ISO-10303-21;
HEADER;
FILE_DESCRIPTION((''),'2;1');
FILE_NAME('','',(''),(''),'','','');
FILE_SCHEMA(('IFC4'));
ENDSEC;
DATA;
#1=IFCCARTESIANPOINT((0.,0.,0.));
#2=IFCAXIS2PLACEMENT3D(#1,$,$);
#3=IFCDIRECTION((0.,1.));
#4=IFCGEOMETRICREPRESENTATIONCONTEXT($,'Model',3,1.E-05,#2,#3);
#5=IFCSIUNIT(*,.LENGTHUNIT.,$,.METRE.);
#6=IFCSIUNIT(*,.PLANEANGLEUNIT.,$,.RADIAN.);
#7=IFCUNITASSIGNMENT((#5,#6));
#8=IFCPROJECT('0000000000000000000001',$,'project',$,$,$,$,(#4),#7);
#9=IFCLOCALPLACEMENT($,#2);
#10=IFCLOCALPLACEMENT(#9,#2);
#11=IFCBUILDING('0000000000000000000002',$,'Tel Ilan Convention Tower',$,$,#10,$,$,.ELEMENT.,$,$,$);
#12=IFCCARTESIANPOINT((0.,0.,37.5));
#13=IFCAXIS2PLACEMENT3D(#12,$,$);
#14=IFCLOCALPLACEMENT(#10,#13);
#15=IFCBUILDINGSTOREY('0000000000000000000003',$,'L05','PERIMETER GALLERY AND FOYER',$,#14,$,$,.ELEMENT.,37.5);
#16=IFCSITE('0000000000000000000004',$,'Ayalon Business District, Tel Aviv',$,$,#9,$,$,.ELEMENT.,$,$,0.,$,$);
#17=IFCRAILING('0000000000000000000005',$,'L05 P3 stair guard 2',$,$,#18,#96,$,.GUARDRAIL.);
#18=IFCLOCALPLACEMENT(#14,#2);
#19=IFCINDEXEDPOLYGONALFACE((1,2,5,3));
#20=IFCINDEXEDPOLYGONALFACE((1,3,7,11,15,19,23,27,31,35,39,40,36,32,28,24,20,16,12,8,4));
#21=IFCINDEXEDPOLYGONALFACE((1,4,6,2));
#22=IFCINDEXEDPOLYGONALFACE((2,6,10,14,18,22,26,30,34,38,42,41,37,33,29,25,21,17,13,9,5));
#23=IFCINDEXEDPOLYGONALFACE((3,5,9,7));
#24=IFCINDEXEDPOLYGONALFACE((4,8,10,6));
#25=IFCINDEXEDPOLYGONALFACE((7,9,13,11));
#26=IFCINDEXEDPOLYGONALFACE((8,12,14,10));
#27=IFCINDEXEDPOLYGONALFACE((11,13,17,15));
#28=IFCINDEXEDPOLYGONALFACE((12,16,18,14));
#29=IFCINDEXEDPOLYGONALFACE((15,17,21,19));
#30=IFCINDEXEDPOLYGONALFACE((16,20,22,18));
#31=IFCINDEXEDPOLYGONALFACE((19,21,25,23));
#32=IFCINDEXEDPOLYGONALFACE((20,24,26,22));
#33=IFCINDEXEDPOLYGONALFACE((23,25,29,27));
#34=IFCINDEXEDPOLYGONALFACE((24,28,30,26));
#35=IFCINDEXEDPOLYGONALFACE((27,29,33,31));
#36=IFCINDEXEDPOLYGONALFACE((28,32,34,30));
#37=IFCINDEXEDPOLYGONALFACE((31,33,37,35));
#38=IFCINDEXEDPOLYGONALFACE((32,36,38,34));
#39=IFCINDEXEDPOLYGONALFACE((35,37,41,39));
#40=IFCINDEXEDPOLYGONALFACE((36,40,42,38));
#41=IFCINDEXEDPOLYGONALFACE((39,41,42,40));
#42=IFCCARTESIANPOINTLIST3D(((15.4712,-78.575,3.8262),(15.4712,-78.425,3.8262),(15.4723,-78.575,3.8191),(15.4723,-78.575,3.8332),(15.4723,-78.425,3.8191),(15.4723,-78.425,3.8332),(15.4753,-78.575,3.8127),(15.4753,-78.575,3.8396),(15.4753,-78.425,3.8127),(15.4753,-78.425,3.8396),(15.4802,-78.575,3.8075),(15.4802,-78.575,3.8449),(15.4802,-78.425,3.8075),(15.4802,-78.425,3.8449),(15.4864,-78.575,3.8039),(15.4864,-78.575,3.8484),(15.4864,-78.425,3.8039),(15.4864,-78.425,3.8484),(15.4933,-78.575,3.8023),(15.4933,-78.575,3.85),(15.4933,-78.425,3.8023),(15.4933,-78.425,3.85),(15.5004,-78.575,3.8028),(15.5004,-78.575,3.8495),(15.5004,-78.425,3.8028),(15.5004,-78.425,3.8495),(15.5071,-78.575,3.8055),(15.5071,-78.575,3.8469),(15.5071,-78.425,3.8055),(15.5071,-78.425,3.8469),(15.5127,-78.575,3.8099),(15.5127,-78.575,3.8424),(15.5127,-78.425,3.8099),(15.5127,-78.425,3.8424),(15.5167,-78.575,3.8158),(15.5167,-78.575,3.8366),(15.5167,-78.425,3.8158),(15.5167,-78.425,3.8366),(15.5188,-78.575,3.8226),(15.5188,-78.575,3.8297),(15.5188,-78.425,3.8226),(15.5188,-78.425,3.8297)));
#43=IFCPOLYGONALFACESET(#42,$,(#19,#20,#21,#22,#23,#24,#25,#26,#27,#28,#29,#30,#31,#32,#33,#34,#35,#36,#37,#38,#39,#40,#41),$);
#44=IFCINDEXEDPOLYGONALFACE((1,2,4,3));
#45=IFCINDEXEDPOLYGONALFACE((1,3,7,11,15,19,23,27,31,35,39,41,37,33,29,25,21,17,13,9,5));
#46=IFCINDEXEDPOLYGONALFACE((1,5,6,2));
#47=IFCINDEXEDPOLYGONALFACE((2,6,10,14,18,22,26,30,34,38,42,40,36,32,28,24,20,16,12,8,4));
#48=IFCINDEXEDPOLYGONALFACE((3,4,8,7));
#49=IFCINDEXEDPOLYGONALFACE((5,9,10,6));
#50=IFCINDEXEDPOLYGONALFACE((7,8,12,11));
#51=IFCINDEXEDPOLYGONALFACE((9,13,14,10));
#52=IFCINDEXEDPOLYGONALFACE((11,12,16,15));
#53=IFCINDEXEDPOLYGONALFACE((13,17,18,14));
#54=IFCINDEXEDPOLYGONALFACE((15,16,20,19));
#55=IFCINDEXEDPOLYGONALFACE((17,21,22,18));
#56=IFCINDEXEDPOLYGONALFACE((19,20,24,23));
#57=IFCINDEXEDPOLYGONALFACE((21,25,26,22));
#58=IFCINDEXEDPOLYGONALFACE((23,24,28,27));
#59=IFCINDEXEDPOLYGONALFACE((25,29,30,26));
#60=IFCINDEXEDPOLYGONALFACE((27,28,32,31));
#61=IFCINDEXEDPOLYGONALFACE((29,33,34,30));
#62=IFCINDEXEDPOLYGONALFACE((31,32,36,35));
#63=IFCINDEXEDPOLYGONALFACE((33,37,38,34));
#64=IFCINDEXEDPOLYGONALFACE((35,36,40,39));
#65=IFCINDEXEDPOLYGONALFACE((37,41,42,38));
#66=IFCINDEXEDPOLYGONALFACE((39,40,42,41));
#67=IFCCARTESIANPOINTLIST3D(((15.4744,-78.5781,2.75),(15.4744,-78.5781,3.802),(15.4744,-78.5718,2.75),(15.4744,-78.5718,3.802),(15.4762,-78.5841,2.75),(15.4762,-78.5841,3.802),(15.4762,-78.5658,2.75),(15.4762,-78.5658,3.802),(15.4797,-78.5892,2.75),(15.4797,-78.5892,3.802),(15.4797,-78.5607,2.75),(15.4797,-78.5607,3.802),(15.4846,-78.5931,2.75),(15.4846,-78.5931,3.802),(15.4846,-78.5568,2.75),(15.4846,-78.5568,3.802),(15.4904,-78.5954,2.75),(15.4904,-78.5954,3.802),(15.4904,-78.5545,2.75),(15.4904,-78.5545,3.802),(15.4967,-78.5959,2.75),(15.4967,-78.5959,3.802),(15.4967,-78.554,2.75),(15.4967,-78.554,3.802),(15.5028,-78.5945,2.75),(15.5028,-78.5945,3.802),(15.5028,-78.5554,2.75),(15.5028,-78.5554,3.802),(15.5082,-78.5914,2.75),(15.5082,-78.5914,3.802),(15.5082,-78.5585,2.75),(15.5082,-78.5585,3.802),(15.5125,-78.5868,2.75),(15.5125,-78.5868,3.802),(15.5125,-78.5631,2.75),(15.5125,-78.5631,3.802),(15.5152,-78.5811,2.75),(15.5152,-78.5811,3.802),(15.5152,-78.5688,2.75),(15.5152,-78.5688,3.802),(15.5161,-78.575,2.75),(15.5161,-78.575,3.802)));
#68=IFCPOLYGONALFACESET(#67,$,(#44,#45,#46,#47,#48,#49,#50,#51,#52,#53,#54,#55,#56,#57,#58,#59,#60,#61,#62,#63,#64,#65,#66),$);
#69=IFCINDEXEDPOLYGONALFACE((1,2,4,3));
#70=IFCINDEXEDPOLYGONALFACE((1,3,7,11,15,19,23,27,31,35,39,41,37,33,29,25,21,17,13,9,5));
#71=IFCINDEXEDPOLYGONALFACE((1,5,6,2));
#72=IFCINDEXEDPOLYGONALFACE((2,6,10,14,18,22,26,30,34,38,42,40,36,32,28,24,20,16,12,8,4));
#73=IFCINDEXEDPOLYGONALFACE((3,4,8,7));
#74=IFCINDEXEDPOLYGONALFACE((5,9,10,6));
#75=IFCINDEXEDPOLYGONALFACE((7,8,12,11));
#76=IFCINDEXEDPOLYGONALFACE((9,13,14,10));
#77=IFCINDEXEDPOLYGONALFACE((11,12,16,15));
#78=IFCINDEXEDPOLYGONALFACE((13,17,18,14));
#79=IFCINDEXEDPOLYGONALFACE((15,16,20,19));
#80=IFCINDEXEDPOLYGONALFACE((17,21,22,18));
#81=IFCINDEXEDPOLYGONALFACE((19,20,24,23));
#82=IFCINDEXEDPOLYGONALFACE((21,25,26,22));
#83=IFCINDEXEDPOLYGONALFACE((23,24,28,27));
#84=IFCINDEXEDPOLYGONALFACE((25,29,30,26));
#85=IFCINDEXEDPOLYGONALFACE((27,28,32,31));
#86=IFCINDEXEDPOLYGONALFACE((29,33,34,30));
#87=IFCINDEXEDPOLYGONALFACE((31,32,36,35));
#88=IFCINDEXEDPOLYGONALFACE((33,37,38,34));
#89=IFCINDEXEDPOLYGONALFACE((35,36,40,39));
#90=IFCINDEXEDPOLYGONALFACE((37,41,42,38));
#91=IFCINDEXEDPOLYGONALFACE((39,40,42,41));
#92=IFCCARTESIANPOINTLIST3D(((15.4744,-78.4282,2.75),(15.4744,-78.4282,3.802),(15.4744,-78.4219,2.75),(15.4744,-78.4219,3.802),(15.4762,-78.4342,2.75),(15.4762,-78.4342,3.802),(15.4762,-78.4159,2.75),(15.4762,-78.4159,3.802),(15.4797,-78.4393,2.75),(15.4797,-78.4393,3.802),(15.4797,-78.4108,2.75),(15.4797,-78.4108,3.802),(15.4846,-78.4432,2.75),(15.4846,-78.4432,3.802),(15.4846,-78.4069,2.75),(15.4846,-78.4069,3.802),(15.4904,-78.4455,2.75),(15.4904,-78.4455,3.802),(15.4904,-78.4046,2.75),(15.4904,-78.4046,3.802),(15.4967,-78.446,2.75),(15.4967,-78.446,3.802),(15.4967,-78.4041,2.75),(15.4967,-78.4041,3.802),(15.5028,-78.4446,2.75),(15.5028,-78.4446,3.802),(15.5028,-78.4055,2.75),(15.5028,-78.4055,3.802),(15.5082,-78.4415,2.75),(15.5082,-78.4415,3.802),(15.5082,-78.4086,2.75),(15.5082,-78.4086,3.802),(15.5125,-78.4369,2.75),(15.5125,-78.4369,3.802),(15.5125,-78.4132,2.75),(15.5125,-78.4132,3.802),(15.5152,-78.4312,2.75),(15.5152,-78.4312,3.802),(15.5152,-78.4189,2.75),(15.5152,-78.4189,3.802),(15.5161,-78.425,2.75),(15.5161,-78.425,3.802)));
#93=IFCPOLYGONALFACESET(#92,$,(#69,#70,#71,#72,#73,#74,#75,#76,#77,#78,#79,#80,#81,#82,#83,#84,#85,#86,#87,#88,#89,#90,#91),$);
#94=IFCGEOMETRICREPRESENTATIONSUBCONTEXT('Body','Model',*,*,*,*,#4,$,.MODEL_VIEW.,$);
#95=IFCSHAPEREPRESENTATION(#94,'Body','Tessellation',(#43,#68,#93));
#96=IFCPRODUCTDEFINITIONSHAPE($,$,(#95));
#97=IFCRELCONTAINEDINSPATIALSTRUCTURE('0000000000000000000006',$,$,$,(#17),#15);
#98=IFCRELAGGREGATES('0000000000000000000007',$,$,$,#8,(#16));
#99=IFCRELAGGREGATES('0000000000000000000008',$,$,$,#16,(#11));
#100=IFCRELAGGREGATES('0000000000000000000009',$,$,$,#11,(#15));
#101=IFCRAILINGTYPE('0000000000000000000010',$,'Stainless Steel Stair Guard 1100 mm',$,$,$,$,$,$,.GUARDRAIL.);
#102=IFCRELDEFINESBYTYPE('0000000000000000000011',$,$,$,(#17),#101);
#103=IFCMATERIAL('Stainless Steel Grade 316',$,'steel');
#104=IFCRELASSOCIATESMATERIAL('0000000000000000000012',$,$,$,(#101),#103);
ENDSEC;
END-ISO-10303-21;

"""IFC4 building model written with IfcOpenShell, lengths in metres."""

from ifc_helpers import new_model, si_unit, direction, frame, origin, origin_2d, place, context, subcontext, project, spatial, circle, extrude, material, type_object, element, save


model = new_model("IFC4")

# Units and contexts
model_context = context("Model", 3, precision=1e-05, world=origin(), true_north=direction((0.0, 1.0)))
body_context = subcontext(model_context, "Body", "Model", "MODEL_VIEW")
ifc_project = project(units=[si_unit("LENGTHUNIT", "METRE"), si_unit("PLANEANGLEUNIT", "RADIAN")], contexts=[model_context])

# Site, building, storey
site_placement = place(None, origin())
site = spatial("IfcSite", under=ifc_project, at=site_placement, Name="Ayalon Business District, Tel Aviv", CompositionType="ELEMENT", RefElevation=0.0)
building_placement = place(site_placement, origin())
building = spatial("IfcBuilding", under=site, at=building_placement, Name="Tel Ilan Convention Tower", CompositionType="ELEMENT")
storey_placement = place(building_placement, frame((0.0, 0.0, 37.5)))
storey = spatial("IfcBuildingStorey", under=building, at=storey_placement, Name="L05", Description="PERIMETER GALLERY AND FOYER", CompositionType="ELEMENT", Elevation=37.5)

# Railing
ifc_material_1 = material(Name="Stainless Steel Grade 316", Category="steel")
railing_type_1 = type_object("IfcRailingType", Name="Stainless Steel Stair Guard 1100 mm", PredefinedType="GUARDRAIL", material=ifc_material_1)
railing_1_placement = place(storey_placement, frame((15.4951, -78.575, 2.75)))
element("IfcRailing", 1, at=railing_1_placement, inside=storey, type_object=railing_type_1, Name="L05 P3 stair guard 2", PredefinedType="GUARDRAIL", context=body_context, shape_type="SweptSolid", body=[
    extrude(circle(Radius=0.0239, at=origin_2d()), frame((0.0, 0.0, 1.0762), z_axis=(0.0, 1.0, 0.0), x_axis=(-1.0, 0.0, 0.0)), (0.0, 0.0, 1.0), 0.1499),
    extrude(circle(Radius=0.021, at=origin_2d()), origin(), (0.0, 0.0, 1.0), 1.052),
    extrude(circle(Radius=0.021, at=origin_2d()), frame((0.0, 0.1499, 0.0)), (0.0, 0.0, 1.0), 1.052),
])

save(model, "model.ifc")
